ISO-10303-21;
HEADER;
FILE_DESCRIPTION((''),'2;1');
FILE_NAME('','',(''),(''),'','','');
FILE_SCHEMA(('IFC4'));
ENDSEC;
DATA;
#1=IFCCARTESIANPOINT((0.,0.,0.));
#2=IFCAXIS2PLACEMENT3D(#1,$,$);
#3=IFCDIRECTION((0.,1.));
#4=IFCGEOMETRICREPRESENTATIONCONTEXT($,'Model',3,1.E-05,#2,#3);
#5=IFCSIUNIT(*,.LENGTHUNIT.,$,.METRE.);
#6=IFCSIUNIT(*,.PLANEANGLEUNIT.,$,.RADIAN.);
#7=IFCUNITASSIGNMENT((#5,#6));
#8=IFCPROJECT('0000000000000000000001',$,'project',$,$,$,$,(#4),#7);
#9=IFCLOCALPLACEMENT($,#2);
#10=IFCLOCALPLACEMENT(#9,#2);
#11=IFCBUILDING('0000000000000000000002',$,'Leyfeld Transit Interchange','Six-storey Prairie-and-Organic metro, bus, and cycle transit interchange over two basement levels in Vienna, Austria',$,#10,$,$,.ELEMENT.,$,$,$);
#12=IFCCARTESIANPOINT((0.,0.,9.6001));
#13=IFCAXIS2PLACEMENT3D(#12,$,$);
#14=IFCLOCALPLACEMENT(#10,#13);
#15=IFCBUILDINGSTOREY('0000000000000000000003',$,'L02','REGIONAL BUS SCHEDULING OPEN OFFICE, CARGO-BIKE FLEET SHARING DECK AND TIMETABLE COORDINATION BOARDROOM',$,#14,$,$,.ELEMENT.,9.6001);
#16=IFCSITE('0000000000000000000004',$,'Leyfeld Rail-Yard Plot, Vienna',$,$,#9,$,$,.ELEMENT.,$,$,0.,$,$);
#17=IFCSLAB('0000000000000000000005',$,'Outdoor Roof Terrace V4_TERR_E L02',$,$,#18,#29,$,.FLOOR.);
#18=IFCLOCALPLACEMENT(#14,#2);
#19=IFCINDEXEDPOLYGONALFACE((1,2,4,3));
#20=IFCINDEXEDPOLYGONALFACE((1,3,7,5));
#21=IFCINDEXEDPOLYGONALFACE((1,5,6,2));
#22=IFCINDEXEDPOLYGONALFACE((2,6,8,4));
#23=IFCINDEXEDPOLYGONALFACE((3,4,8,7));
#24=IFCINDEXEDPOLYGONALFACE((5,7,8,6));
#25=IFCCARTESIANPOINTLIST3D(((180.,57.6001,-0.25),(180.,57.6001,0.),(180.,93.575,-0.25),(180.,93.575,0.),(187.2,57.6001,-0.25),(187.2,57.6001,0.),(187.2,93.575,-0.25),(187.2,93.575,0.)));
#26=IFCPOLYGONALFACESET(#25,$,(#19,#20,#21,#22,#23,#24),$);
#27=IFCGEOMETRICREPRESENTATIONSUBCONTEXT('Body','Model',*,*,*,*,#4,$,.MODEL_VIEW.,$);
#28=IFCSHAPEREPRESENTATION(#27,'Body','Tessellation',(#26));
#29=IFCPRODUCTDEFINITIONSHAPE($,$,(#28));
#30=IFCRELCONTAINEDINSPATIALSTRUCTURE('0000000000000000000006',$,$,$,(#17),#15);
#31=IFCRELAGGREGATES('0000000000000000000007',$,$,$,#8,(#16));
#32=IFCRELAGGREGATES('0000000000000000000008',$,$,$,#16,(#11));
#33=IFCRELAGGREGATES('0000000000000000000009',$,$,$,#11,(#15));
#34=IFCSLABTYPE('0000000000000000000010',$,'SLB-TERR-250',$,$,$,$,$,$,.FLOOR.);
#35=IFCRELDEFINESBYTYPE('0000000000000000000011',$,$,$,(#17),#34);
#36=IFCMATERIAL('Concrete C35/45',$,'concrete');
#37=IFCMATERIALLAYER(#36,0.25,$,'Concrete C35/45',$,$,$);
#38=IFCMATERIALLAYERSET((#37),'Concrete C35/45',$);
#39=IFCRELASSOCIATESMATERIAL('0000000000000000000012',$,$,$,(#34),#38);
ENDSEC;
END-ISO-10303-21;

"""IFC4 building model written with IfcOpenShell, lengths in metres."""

from ifc_helpers import new_model, si_unit, direction, frame, origin, place, context, subcontext, project, spatial, polyline, outline, extrude, material, layer, layer_set, type_object, element, save


model = new_model("IFC4")

# Units and contexts
model_context = context("Model", 3, precision=1e-05, world=origin(), true_north=direction((0.0, 1.0)))
body_context = subcontext(model_context, "Body", "Model", "MODEL_VIEW")
ifc_project = project(units=[si_unit("LENGTHUNIT", "METRE"), si_unit("PLANEANGLEUNIT", "RADIAN")], contexts=[model_context])

# Site, building, storey
site_placement = place(None, origin())
site = spatial("IfcSite", under=ifc_project, at=site_placement, Name="Leyfeld Rail-Yard Plot, Vienna", CompositionType="ELEMENT", RefElevation=0.0)
building_placement = place(site_placement, origin())
building = spatial("IfcBuilding", under=site, at=building_placement, Name="Leyfeld Transit Interchange", Description="Six-storey Prairie-and-Organic metro, bus, and cycle transit interchange over two basement levels in Vienna, Austria", CompositionType="ELEMENT")
storey_placement = place(building_placement, frame((0.0, 0.0, 9.6001)))
storey = spatial("IfcBuildingStorey", under=building, at=storey_placement, Name="L02", Description="REGIONAL BUS SCHEDULING OPEN OFFICE, CARGO-BIKE FLEET SHARING DECK AND TIMETABLE COORDINATION BOARDROOM", CompositionType="ELEMENT", Elevation=9.6001)

# Shared definitions
ifc_material_1 = material(Name="Concrete C35/45", Category="concrete")

# Slab
ifc_layer_1 = layer(ifc_material_1, 0.25, Name="Concrete C35/45")
ifc_layer_set_1 = layer_set([ifc_layer_1], Name="Concrete C35/45")
slab_type_1 = type_object("IfcSlabType", Name="SLB-TERR-250", PredefinedType="FLOOR", material=ifc_layer_set_1)
slab_1_placement = place(storey_placement, frame((0.0, 0.0, -0.25)))
element("IfcSlab", 1, at=slab_1_placement, inside=storey, type_object=slab_type_1, Name="Outdoor Roof Terrace V4_TERR_E L02", PredefinedType="FLOOR", context=body_context, shape_type="SweptSolid", body=[
    extrude(outline(polyline([(187.2, 93.575), (180.0, 93.575), (180.0, 57.6001), (187.2, 57.6001), (187.2, 93.575)])), origin(), (0.0, 0.0, 1.0), 0.25),
])

save(model, "model.ifc")
